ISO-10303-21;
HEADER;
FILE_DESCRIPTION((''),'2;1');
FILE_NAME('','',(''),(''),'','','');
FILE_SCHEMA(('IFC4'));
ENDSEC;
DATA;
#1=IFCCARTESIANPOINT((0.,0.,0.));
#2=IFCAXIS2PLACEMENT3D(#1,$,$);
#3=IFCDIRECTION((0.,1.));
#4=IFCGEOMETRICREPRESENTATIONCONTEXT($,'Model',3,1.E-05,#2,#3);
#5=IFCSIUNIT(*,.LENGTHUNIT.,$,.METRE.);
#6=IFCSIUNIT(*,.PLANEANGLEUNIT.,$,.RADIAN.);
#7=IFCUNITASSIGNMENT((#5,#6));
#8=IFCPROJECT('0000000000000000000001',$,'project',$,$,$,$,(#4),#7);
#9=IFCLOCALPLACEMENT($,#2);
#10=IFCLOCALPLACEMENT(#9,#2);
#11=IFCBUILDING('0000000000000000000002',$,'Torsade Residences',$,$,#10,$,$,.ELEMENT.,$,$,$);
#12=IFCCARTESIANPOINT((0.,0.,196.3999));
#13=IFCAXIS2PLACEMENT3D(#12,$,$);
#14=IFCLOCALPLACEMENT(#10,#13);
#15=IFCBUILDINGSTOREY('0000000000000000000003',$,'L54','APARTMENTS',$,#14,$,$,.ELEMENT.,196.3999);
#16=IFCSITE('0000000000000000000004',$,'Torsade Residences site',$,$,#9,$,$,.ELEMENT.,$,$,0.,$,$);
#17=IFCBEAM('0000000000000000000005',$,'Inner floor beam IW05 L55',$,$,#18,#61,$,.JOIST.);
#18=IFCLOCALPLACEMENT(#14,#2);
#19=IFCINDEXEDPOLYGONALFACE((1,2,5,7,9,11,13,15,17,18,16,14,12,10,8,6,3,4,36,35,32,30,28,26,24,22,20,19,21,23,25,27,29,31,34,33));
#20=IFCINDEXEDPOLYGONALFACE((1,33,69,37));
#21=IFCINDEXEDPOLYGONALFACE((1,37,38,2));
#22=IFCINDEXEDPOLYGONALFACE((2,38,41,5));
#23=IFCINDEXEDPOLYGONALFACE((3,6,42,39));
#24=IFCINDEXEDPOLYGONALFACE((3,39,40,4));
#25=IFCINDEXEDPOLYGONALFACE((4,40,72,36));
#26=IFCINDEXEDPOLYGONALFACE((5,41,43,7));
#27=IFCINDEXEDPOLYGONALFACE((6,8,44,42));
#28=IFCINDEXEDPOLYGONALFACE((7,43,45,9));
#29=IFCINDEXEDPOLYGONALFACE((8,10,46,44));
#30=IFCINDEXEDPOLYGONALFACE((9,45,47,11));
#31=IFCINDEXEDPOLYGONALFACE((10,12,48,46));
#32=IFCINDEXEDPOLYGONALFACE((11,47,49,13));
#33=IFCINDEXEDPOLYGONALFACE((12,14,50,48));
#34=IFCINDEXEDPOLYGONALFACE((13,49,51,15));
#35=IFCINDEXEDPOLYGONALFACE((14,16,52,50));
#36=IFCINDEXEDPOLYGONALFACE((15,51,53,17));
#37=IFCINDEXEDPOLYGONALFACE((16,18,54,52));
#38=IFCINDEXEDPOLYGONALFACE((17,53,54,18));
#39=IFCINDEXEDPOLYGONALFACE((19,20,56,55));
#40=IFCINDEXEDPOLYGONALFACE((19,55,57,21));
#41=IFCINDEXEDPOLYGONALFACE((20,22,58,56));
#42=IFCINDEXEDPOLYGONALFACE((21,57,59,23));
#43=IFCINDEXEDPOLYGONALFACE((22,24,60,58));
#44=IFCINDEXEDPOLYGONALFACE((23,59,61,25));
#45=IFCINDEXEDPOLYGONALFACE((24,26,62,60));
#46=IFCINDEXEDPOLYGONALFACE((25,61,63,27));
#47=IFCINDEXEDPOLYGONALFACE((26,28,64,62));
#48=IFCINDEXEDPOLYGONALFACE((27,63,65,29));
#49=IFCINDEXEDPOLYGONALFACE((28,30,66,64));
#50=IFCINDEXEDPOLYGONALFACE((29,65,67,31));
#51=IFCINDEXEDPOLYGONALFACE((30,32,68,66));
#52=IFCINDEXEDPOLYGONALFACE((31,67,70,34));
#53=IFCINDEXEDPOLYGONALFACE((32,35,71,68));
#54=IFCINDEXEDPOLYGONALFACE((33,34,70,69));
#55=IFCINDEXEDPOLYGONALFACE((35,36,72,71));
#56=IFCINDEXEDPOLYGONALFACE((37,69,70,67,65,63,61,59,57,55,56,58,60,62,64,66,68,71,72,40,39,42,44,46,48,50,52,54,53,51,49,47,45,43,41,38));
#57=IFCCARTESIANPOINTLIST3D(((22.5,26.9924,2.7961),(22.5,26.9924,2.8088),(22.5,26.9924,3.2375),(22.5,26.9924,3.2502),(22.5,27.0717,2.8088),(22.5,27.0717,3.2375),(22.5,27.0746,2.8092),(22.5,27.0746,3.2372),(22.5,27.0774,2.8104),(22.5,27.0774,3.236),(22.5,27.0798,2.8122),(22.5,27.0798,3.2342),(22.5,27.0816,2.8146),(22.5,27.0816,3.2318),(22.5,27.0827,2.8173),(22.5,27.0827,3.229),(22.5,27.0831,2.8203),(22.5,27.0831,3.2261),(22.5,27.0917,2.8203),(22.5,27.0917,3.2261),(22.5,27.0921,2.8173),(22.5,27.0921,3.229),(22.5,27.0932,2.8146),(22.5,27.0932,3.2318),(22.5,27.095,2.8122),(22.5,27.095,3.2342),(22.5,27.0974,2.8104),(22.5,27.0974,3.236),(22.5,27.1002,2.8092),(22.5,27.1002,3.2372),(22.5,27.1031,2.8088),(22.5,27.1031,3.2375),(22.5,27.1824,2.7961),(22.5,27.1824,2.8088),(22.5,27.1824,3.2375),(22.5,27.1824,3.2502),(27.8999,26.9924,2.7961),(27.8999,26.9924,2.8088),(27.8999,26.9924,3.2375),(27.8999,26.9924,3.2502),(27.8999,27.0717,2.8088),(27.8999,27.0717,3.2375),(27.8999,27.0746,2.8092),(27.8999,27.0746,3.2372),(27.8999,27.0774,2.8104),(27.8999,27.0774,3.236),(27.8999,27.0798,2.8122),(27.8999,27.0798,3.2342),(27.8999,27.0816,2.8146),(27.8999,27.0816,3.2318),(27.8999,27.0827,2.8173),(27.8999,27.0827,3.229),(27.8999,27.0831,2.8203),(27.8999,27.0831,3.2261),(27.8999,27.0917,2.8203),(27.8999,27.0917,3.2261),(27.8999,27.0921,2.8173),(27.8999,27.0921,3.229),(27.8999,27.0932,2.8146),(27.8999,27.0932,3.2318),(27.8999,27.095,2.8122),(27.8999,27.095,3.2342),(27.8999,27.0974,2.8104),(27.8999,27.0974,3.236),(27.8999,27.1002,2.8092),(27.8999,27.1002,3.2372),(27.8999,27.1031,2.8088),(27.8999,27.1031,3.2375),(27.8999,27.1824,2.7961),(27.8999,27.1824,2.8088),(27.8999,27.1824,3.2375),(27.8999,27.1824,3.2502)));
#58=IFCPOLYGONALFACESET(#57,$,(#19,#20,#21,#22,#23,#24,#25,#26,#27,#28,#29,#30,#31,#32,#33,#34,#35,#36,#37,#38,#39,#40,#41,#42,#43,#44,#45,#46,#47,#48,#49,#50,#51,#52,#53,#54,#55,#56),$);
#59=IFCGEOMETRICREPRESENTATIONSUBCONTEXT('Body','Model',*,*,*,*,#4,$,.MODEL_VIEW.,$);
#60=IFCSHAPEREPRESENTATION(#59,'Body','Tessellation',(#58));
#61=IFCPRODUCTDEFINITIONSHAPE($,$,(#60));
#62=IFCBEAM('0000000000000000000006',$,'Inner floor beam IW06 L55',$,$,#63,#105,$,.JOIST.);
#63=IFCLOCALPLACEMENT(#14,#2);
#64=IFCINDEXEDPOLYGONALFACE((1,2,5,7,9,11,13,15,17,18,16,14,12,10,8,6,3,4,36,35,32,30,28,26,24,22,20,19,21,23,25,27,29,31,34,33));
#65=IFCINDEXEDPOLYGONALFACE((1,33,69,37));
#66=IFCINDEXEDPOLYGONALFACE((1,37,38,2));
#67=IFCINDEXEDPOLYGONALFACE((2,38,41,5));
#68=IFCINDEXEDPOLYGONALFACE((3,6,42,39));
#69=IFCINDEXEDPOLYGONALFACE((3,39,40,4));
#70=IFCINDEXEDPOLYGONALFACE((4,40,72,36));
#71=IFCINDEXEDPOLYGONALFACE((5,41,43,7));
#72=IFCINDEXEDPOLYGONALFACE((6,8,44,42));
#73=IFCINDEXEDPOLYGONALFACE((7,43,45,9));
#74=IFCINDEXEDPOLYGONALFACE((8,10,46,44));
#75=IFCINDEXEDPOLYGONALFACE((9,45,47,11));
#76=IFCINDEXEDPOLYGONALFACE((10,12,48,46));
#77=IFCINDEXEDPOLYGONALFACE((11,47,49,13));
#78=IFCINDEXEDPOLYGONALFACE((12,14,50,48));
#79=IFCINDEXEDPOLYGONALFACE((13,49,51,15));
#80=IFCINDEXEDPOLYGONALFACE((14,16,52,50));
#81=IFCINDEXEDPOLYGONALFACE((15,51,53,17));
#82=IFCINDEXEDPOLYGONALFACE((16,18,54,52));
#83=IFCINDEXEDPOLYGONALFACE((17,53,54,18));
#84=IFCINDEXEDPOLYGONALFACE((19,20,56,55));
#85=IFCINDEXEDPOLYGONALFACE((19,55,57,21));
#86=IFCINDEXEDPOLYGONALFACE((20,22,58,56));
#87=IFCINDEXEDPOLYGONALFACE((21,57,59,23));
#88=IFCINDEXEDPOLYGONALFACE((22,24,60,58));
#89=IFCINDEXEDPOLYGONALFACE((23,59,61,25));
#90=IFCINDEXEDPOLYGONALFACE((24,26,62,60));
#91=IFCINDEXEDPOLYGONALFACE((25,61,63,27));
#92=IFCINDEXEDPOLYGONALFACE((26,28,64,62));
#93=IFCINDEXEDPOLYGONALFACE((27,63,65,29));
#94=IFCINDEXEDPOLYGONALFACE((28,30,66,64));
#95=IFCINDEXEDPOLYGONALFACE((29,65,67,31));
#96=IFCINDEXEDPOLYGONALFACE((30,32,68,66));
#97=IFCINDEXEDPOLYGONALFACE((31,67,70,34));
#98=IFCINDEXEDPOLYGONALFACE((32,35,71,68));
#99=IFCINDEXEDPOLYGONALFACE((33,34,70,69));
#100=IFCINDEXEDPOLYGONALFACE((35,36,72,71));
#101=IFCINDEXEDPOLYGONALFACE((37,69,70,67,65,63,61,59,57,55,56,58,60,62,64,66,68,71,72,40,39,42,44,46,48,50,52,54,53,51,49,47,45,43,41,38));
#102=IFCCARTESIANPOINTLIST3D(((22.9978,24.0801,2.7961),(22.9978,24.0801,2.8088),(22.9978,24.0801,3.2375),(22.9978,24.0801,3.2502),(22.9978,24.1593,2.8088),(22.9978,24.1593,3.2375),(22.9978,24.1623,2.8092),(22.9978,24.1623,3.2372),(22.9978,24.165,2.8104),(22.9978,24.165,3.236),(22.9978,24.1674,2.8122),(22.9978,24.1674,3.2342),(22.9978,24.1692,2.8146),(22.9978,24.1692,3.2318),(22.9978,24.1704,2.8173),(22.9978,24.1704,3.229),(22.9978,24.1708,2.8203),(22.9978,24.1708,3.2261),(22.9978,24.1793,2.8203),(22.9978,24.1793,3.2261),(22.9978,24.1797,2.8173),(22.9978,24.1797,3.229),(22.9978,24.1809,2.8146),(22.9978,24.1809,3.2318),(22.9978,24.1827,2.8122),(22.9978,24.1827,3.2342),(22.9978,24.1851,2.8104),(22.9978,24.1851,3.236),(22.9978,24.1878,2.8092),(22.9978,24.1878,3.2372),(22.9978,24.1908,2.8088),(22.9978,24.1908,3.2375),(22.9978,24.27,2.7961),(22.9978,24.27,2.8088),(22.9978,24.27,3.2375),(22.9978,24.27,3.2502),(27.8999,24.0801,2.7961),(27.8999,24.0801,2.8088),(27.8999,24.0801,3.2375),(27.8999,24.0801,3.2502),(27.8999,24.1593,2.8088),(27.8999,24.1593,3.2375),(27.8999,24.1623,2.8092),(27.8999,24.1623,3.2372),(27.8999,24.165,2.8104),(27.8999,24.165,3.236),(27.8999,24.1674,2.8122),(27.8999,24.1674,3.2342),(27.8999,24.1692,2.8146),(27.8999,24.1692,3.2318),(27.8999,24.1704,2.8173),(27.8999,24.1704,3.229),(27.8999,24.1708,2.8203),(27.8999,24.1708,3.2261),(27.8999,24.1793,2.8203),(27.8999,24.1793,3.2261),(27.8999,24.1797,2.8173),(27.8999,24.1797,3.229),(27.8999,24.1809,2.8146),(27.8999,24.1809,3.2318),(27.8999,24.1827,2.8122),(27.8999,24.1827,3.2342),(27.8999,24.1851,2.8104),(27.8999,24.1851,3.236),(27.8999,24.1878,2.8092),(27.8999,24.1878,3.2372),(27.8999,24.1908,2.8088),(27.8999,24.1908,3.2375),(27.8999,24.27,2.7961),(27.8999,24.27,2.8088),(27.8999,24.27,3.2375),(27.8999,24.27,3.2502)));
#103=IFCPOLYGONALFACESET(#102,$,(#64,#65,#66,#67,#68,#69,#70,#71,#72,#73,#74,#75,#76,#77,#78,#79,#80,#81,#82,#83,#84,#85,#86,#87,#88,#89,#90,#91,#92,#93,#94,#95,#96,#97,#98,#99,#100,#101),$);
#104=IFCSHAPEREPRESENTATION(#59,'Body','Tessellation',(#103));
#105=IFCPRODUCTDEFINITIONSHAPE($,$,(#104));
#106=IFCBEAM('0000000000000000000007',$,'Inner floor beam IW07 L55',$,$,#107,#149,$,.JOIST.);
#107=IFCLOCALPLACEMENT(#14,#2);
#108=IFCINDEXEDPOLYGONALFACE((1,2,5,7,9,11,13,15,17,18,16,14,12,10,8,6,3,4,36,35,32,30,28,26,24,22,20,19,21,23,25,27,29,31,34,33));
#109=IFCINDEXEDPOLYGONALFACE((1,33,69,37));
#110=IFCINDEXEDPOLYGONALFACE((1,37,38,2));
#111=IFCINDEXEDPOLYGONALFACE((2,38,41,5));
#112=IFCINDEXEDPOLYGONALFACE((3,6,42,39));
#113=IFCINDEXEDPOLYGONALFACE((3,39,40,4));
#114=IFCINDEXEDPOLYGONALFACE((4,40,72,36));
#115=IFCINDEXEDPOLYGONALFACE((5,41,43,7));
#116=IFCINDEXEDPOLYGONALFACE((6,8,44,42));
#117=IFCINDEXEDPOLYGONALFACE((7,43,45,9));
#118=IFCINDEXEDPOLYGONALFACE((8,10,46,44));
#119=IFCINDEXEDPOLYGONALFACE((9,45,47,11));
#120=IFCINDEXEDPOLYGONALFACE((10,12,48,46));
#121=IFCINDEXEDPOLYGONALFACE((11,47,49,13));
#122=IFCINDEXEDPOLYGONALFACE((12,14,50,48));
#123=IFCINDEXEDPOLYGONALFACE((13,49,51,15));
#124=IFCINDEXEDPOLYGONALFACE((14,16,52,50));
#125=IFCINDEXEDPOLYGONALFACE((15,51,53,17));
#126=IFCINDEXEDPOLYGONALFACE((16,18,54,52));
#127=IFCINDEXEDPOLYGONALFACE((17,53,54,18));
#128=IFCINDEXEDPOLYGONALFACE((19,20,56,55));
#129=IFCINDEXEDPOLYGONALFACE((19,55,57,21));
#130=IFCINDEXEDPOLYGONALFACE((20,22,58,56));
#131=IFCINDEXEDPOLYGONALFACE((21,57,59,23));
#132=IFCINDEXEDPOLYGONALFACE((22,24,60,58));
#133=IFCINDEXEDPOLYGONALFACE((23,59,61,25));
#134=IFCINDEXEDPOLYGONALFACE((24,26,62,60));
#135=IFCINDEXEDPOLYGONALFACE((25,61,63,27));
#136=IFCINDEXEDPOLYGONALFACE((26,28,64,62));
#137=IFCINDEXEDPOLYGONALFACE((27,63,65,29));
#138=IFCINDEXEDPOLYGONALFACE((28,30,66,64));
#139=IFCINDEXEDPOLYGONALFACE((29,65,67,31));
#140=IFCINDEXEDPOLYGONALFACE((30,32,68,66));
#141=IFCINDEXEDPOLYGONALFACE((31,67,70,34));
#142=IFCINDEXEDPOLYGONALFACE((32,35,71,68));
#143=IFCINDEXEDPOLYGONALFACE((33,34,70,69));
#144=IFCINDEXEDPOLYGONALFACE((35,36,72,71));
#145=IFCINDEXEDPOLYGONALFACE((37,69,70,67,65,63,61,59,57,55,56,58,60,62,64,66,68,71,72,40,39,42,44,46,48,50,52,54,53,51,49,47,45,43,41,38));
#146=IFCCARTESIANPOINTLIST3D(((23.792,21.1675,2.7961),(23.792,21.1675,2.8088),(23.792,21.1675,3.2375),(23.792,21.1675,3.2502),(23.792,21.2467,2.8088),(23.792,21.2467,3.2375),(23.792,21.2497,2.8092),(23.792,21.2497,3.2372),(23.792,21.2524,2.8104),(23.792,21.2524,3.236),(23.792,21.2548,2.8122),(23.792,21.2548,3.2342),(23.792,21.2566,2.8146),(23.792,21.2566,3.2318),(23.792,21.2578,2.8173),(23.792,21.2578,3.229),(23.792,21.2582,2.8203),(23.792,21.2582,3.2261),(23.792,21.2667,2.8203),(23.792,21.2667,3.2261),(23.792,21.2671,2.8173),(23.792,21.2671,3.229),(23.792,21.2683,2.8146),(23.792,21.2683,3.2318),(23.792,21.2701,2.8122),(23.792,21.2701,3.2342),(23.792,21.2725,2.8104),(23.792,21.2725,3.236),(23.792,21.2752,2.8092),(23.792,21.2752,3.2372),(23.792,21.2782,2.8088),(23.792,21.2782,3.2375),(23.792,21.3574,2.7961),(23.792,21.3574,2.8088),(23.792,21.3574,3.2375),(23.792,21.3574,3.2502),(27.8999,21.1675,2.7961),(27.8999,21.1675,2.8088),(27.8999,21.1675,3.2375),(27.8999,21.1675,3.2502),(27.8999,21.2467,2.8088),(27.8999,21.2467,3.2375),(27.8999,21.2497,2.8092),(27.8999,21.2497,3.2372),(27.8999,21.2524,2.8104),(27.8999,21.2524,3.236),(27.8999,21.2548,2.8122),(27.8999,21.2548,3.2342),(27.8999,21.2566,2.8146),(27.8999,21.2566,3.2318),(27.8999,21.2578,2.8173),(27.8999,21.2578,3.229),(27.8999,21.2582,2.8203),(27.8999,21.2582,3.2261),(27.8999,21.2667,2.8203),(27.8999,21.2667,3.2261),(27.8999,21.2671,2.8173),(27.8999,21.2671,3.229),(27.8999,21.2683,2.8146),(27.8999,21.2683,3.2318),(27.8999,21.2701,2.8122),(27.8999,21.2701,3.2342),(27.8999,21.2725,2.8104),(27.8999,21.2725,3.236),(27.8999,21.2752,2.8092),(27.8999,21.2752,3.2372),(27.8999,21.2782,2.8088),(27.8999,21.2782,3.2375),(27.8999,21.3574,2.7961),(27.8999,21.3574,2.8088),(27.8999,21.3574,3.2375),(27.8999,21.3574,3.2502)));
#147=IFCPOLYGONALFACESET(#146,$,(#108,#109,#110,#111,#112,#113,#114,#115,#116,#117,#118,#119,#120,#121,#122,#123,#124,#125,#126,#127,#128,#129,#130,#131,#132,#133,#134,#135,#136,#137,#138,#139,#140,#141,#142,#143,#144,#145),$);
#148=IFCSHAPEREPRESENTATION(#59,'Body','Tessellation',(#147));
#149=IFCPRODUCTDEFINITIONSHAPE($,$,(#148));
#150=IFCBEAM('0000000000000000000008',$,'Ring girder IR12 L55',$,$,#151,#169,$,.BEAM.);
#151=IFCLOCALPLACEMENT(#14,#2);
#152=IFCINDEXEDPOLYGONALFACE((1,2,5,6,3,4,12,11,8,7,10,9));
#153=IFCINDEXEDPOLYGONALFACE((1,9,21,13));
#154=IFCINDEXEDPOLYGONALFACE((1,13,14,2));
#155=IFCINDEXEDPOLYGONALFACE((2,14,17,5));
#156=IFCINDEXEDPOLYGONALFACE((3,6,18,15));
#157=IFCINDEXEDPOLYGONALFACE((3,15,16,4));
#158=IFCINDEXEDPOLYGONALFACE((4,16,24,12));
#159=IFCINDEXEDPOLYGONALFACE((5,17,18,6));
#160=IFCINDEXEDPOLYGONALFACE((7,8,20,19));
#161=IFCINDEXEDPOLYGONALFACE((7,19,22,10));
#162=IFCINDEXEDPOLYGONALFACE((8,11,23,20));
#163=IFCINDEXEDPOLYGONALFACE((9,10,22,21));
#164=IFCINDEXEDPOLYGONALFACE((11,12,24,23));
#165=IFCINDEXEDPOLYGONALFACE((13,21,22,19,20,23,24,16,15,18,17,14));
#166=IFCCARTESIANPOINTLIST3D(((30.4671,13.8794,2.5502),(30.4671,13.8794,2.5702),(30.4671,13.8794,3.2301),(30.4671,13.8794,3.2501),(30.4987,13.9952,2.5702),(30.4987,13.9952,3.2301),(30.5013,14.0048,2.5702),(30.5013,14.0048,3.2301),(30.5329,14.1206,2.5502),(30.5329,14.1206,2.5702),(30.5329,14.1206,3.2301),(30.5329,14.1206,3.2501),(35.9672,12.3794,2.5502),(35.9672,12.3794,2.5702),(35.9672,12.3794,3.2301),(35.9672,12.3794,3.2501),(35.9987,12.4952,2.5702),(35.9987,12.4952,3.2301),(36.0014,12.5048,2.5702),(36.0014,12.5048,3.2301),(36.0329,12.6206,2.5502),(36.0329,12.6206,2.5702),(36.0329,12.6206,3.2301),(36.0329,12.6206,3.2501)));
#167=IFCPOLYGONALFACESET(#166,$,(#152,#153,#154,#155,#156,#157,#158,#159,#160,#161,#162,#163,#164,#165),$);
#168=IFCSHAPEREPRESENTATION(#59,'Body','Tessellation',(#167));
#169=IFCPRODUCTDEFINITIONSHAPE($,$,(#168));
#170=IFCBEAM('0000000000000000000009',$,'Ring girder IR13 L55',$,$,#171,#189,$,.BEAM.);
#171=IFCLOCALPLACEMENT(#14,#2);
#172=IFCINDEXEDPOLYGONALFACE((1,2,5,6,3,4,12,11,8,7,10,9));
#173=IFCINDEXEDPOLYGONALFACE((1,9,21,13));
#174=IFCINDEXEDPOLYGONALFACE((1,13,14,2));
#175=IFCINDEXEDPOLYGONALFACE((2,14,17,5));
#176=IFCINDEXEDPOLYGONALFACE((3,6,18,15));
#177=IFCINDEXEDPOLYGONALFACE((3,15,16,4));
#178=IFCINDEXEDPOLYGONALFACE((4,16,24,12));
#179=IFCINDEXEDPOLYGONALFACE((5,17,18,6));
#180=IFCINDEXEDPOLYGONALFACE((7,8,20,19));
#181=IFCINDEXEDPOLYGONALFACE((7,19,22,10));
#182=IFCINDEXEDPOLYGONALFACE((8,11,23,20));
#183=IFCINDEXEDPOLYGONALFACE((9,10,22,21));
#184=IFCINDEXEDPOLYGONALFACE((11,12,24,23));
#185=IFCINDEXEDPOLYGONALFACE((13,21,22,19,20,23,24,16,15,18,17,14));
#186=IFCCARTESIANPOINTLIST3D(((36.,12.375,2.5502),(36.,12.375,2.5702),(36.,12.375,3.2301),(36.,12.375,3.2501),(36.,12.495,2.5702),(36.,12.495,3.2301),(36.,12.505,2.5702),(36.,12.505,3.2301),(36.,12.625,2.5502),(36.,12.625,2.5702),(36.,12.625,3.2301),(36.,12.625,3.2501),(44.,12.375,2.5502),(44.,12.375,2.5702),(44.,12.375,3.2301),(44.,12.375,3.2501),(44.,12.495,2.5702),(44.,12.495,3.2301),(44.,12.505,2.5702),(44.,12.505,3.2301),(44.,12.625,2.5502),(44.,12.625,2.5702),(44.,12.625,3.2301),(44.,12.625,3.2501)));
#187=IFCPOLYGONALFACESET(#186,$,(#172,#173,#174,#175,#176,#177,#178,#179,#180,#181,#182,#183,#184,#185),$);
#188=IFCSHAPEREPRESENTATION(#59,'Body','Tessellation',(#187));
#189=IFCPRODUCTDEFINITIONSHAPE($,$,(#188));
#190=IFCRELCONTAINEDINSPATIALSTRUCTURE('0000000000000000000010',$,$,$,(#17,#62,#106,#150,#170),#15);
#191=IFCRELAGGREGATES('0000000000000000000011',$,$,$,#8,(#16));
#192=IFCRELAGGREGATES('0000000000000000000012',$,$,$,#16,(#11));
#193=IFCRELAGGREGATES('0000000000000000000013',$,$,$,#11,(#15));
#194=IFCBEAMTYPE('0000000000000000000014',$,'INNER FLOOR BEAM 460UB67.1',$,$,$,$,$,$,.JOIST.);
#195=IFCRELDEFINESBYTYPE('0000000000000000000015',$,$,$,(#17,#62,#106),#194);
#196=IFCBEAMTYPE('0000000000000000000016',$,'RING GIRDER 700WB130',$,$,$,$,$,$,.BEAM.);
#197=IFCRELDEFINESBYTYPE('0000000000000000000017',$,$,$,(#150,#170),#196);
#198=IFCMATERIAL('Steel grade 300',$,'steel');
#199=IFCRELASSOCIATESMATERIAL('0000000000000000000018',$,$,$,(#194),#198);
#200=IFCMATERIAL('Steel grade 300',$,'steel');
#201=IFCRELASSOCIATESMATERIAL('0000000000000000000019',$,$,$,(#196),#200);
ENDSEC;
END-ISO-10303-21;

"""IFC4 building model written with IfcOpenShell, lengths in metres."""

from ifc_helpers import new_model, si_unit, direction, frame, origin, origin_2d, place, context, subcontext, project, spatial, i_section, extrude, material, material_profile, profile_set, type_object, element, save


model = new_model("IFC4")

# Units and contexts
model_context = context("Model", 3, precision=1e-05, world=origin(), true_north=direction((0.0, 1.0)))
body_context = subcontext(model_context, "Body", "Model", "MODEL_VIEW")
ifc_project = project(units=[si_unit("LENGTHUNIT", "METRE"), si_unit("PLANEANGLEUNIT", "RADIAN")], contexts=[model_context])

# Site, building, storey
site_placement = place(None, origin())
site = spatial("IfcSite", under=ifc_project, at=site_placement, Name="Torsade Residences site", CompositionType="ELEMENT", RefElevation=0.0)
building_placement = place(site_placement, origin())
building = spatial("IfcBuilding", under=site, at=building_placement, Name="Torsade Residences", CompositionType="ELEMENT")
storey_placement = place(building_placement, frame((0.0, 0.0, 196.3999)))
storey = spatial("IfcBuildingStorey", under=building, at=storey_placement, Name="L54", Description="APARTMENTS", CompositionType="ELEMENT", Elevation=196.3999)

# Beams
ifc_material_1 = material(Name="Steel grade 300", Category="steel")
ifc_material_profile_1 = material_profile(ifc_material_1, i_section(OverallWidth=0.1899, OverallDepth=0.4541, WebThickness=0.0085, FlangeThickness=0.0127, FilletRadius=0.0115, at=origin_2d()), Name="460UB67.1")
ifc_profile_set_1 = profile_set([ifc_material_profile_1], Name="Steel grade 300")
beam_type_1 = type_object("IfcBeamType", Name="INNER FLOOR BEAM 460UB67.1", PredefinedType="JOIST", material=ifc_profile_set_1)
beam_1_placement = place(storey_placement, frame((27.8999, 27.0874, 3.0232), z_axis=(-1.0, 0.0, 0.0), x_axis=(0.0, -1.0, 0.0)))
element("IfcBeam", 1, at=beam_1_placement, inside=storey, type_object=beam_type_1, Name="Inner floor beam IW05 L55", PredefinedType="JOIST", context=body_context, shape_type="SweptSolid", body=[
    extrude(i_section(OverallWidth=0.1899, OverallDepth=0.4541, WebThickness=0.0085, FlangeThickness=0.0127, FilletRadius=0.0115, at=origin_2d()), origin(), (0.0, 0.0, 1.0), 5.3999),
])
beam_2_placement = place(storey_placement, frame((27.8999, 24.175, 3.0232), z_axis=(-1.0, 0.0, 0.0), x_axis=(0.0, -1.0, 0.0)))
element("IfcBeam", 2, at=beam_2_placement, inside=storey, type_object=beam_type_1, Name="Inner floor beam IW06 L55", PredefinedType="JOIST", context=body_context, shape_type="SweptSolid", body=[
    extrude(i_section(OverallWidth=0.1899, OverallDepth=0.4541, WebThickness=0.0085, FlangeThickness=0.0127, FilletRadius=0.0115, at=origin_2d()), origin(), (0.0, 0.0, 1.0), 4.9021),
])
beam_3_placement = place(storey_placement, frame((27.8999, 21.2625, 3.0232), z_axis=(-1.0, 0.0, 0.0), x_axis=(0.0, -1.0, 0.0)))
element("IfcBeam", 3, at=beam_3_placement, inside=storey, type_object=beam_type_1, Name="Inner floor beam IW07 L55", PredefinedType="JOIST", context=body_context, shape_type="SweptSolid", body=[
    extrude(i_section(OverallWidth=0.1899, OverallDepth=0.4541, WebThickness=0.0085, FlangeThickness=0.0127, FilletRadius=0.0115, at=origin_2d()), origin(), (0.0, 0.0, 1.0), 4.1079),
])
ifc_material_2 = material(Name="Steel grade 300", Category="steel")
ifc_material_profile_2 = material_profile(ifc_material_2, i_section(OverallWidth=0.25, OverallDepth=0.7, WebThickness=0.01, FlangeThickness=0.02, at=origin_2d()), Name="700WB130")
ifc_profile_set_2 = profile_set([ifc_material_profile_2], Name="Steel grade 300")
beam_type_2 = type_object("IfcBeamType", Name="RING GIRDER 700WB130", PredefinedType="BEAM", material=ifc_profile_set_2)
beam_4_placement = place(storey_placement, frame((30.5, 14.0, 2.9001), z_axis=(0.964764, -0.263117, 0.0), x_axis=(0.263117, 0.964764, 0.0)))
element("IfcBeam", 4, at=beam_4_placement, inside=storey, type_object=beam_type_2, Name="Ring girder IR12 L55", PredefinedType="BEAM", context=body_context, shape_type="SweptSolid", body=[
    extrude(i_section(OverallWidth=0.25, OverallDepth=0.7, WebThickness=0.01, FlangeThickness=0.02, at=origin_2d()), origin(), (0.0, 0.0, 1.0), 5.7009),
])
beam_5_placement = place(storey_placement, frame((36.0, 12.5, 2.9001), z_axis=(1.0, 0.0, 0.0), x_axis=(0.0, 1.0, 0.0)))
element("IfcBeam", 5, at=beam_5_placement, inside=storey, type_object=beam_type_2, Name="Ring girder IR13 L55", PredefinedType="BEAM", context=body_context, shape_type="SweptSolid", body=[
    extrude(i_section(OverallWidth=0.25, OverallDepth=0.7, WebThickness=0.01, FlangeThickness=0.02, at=origin_2d()), origin(), (0.0, 0.0, 1.0), 8.0),
])

save(model, "model.ifc")
